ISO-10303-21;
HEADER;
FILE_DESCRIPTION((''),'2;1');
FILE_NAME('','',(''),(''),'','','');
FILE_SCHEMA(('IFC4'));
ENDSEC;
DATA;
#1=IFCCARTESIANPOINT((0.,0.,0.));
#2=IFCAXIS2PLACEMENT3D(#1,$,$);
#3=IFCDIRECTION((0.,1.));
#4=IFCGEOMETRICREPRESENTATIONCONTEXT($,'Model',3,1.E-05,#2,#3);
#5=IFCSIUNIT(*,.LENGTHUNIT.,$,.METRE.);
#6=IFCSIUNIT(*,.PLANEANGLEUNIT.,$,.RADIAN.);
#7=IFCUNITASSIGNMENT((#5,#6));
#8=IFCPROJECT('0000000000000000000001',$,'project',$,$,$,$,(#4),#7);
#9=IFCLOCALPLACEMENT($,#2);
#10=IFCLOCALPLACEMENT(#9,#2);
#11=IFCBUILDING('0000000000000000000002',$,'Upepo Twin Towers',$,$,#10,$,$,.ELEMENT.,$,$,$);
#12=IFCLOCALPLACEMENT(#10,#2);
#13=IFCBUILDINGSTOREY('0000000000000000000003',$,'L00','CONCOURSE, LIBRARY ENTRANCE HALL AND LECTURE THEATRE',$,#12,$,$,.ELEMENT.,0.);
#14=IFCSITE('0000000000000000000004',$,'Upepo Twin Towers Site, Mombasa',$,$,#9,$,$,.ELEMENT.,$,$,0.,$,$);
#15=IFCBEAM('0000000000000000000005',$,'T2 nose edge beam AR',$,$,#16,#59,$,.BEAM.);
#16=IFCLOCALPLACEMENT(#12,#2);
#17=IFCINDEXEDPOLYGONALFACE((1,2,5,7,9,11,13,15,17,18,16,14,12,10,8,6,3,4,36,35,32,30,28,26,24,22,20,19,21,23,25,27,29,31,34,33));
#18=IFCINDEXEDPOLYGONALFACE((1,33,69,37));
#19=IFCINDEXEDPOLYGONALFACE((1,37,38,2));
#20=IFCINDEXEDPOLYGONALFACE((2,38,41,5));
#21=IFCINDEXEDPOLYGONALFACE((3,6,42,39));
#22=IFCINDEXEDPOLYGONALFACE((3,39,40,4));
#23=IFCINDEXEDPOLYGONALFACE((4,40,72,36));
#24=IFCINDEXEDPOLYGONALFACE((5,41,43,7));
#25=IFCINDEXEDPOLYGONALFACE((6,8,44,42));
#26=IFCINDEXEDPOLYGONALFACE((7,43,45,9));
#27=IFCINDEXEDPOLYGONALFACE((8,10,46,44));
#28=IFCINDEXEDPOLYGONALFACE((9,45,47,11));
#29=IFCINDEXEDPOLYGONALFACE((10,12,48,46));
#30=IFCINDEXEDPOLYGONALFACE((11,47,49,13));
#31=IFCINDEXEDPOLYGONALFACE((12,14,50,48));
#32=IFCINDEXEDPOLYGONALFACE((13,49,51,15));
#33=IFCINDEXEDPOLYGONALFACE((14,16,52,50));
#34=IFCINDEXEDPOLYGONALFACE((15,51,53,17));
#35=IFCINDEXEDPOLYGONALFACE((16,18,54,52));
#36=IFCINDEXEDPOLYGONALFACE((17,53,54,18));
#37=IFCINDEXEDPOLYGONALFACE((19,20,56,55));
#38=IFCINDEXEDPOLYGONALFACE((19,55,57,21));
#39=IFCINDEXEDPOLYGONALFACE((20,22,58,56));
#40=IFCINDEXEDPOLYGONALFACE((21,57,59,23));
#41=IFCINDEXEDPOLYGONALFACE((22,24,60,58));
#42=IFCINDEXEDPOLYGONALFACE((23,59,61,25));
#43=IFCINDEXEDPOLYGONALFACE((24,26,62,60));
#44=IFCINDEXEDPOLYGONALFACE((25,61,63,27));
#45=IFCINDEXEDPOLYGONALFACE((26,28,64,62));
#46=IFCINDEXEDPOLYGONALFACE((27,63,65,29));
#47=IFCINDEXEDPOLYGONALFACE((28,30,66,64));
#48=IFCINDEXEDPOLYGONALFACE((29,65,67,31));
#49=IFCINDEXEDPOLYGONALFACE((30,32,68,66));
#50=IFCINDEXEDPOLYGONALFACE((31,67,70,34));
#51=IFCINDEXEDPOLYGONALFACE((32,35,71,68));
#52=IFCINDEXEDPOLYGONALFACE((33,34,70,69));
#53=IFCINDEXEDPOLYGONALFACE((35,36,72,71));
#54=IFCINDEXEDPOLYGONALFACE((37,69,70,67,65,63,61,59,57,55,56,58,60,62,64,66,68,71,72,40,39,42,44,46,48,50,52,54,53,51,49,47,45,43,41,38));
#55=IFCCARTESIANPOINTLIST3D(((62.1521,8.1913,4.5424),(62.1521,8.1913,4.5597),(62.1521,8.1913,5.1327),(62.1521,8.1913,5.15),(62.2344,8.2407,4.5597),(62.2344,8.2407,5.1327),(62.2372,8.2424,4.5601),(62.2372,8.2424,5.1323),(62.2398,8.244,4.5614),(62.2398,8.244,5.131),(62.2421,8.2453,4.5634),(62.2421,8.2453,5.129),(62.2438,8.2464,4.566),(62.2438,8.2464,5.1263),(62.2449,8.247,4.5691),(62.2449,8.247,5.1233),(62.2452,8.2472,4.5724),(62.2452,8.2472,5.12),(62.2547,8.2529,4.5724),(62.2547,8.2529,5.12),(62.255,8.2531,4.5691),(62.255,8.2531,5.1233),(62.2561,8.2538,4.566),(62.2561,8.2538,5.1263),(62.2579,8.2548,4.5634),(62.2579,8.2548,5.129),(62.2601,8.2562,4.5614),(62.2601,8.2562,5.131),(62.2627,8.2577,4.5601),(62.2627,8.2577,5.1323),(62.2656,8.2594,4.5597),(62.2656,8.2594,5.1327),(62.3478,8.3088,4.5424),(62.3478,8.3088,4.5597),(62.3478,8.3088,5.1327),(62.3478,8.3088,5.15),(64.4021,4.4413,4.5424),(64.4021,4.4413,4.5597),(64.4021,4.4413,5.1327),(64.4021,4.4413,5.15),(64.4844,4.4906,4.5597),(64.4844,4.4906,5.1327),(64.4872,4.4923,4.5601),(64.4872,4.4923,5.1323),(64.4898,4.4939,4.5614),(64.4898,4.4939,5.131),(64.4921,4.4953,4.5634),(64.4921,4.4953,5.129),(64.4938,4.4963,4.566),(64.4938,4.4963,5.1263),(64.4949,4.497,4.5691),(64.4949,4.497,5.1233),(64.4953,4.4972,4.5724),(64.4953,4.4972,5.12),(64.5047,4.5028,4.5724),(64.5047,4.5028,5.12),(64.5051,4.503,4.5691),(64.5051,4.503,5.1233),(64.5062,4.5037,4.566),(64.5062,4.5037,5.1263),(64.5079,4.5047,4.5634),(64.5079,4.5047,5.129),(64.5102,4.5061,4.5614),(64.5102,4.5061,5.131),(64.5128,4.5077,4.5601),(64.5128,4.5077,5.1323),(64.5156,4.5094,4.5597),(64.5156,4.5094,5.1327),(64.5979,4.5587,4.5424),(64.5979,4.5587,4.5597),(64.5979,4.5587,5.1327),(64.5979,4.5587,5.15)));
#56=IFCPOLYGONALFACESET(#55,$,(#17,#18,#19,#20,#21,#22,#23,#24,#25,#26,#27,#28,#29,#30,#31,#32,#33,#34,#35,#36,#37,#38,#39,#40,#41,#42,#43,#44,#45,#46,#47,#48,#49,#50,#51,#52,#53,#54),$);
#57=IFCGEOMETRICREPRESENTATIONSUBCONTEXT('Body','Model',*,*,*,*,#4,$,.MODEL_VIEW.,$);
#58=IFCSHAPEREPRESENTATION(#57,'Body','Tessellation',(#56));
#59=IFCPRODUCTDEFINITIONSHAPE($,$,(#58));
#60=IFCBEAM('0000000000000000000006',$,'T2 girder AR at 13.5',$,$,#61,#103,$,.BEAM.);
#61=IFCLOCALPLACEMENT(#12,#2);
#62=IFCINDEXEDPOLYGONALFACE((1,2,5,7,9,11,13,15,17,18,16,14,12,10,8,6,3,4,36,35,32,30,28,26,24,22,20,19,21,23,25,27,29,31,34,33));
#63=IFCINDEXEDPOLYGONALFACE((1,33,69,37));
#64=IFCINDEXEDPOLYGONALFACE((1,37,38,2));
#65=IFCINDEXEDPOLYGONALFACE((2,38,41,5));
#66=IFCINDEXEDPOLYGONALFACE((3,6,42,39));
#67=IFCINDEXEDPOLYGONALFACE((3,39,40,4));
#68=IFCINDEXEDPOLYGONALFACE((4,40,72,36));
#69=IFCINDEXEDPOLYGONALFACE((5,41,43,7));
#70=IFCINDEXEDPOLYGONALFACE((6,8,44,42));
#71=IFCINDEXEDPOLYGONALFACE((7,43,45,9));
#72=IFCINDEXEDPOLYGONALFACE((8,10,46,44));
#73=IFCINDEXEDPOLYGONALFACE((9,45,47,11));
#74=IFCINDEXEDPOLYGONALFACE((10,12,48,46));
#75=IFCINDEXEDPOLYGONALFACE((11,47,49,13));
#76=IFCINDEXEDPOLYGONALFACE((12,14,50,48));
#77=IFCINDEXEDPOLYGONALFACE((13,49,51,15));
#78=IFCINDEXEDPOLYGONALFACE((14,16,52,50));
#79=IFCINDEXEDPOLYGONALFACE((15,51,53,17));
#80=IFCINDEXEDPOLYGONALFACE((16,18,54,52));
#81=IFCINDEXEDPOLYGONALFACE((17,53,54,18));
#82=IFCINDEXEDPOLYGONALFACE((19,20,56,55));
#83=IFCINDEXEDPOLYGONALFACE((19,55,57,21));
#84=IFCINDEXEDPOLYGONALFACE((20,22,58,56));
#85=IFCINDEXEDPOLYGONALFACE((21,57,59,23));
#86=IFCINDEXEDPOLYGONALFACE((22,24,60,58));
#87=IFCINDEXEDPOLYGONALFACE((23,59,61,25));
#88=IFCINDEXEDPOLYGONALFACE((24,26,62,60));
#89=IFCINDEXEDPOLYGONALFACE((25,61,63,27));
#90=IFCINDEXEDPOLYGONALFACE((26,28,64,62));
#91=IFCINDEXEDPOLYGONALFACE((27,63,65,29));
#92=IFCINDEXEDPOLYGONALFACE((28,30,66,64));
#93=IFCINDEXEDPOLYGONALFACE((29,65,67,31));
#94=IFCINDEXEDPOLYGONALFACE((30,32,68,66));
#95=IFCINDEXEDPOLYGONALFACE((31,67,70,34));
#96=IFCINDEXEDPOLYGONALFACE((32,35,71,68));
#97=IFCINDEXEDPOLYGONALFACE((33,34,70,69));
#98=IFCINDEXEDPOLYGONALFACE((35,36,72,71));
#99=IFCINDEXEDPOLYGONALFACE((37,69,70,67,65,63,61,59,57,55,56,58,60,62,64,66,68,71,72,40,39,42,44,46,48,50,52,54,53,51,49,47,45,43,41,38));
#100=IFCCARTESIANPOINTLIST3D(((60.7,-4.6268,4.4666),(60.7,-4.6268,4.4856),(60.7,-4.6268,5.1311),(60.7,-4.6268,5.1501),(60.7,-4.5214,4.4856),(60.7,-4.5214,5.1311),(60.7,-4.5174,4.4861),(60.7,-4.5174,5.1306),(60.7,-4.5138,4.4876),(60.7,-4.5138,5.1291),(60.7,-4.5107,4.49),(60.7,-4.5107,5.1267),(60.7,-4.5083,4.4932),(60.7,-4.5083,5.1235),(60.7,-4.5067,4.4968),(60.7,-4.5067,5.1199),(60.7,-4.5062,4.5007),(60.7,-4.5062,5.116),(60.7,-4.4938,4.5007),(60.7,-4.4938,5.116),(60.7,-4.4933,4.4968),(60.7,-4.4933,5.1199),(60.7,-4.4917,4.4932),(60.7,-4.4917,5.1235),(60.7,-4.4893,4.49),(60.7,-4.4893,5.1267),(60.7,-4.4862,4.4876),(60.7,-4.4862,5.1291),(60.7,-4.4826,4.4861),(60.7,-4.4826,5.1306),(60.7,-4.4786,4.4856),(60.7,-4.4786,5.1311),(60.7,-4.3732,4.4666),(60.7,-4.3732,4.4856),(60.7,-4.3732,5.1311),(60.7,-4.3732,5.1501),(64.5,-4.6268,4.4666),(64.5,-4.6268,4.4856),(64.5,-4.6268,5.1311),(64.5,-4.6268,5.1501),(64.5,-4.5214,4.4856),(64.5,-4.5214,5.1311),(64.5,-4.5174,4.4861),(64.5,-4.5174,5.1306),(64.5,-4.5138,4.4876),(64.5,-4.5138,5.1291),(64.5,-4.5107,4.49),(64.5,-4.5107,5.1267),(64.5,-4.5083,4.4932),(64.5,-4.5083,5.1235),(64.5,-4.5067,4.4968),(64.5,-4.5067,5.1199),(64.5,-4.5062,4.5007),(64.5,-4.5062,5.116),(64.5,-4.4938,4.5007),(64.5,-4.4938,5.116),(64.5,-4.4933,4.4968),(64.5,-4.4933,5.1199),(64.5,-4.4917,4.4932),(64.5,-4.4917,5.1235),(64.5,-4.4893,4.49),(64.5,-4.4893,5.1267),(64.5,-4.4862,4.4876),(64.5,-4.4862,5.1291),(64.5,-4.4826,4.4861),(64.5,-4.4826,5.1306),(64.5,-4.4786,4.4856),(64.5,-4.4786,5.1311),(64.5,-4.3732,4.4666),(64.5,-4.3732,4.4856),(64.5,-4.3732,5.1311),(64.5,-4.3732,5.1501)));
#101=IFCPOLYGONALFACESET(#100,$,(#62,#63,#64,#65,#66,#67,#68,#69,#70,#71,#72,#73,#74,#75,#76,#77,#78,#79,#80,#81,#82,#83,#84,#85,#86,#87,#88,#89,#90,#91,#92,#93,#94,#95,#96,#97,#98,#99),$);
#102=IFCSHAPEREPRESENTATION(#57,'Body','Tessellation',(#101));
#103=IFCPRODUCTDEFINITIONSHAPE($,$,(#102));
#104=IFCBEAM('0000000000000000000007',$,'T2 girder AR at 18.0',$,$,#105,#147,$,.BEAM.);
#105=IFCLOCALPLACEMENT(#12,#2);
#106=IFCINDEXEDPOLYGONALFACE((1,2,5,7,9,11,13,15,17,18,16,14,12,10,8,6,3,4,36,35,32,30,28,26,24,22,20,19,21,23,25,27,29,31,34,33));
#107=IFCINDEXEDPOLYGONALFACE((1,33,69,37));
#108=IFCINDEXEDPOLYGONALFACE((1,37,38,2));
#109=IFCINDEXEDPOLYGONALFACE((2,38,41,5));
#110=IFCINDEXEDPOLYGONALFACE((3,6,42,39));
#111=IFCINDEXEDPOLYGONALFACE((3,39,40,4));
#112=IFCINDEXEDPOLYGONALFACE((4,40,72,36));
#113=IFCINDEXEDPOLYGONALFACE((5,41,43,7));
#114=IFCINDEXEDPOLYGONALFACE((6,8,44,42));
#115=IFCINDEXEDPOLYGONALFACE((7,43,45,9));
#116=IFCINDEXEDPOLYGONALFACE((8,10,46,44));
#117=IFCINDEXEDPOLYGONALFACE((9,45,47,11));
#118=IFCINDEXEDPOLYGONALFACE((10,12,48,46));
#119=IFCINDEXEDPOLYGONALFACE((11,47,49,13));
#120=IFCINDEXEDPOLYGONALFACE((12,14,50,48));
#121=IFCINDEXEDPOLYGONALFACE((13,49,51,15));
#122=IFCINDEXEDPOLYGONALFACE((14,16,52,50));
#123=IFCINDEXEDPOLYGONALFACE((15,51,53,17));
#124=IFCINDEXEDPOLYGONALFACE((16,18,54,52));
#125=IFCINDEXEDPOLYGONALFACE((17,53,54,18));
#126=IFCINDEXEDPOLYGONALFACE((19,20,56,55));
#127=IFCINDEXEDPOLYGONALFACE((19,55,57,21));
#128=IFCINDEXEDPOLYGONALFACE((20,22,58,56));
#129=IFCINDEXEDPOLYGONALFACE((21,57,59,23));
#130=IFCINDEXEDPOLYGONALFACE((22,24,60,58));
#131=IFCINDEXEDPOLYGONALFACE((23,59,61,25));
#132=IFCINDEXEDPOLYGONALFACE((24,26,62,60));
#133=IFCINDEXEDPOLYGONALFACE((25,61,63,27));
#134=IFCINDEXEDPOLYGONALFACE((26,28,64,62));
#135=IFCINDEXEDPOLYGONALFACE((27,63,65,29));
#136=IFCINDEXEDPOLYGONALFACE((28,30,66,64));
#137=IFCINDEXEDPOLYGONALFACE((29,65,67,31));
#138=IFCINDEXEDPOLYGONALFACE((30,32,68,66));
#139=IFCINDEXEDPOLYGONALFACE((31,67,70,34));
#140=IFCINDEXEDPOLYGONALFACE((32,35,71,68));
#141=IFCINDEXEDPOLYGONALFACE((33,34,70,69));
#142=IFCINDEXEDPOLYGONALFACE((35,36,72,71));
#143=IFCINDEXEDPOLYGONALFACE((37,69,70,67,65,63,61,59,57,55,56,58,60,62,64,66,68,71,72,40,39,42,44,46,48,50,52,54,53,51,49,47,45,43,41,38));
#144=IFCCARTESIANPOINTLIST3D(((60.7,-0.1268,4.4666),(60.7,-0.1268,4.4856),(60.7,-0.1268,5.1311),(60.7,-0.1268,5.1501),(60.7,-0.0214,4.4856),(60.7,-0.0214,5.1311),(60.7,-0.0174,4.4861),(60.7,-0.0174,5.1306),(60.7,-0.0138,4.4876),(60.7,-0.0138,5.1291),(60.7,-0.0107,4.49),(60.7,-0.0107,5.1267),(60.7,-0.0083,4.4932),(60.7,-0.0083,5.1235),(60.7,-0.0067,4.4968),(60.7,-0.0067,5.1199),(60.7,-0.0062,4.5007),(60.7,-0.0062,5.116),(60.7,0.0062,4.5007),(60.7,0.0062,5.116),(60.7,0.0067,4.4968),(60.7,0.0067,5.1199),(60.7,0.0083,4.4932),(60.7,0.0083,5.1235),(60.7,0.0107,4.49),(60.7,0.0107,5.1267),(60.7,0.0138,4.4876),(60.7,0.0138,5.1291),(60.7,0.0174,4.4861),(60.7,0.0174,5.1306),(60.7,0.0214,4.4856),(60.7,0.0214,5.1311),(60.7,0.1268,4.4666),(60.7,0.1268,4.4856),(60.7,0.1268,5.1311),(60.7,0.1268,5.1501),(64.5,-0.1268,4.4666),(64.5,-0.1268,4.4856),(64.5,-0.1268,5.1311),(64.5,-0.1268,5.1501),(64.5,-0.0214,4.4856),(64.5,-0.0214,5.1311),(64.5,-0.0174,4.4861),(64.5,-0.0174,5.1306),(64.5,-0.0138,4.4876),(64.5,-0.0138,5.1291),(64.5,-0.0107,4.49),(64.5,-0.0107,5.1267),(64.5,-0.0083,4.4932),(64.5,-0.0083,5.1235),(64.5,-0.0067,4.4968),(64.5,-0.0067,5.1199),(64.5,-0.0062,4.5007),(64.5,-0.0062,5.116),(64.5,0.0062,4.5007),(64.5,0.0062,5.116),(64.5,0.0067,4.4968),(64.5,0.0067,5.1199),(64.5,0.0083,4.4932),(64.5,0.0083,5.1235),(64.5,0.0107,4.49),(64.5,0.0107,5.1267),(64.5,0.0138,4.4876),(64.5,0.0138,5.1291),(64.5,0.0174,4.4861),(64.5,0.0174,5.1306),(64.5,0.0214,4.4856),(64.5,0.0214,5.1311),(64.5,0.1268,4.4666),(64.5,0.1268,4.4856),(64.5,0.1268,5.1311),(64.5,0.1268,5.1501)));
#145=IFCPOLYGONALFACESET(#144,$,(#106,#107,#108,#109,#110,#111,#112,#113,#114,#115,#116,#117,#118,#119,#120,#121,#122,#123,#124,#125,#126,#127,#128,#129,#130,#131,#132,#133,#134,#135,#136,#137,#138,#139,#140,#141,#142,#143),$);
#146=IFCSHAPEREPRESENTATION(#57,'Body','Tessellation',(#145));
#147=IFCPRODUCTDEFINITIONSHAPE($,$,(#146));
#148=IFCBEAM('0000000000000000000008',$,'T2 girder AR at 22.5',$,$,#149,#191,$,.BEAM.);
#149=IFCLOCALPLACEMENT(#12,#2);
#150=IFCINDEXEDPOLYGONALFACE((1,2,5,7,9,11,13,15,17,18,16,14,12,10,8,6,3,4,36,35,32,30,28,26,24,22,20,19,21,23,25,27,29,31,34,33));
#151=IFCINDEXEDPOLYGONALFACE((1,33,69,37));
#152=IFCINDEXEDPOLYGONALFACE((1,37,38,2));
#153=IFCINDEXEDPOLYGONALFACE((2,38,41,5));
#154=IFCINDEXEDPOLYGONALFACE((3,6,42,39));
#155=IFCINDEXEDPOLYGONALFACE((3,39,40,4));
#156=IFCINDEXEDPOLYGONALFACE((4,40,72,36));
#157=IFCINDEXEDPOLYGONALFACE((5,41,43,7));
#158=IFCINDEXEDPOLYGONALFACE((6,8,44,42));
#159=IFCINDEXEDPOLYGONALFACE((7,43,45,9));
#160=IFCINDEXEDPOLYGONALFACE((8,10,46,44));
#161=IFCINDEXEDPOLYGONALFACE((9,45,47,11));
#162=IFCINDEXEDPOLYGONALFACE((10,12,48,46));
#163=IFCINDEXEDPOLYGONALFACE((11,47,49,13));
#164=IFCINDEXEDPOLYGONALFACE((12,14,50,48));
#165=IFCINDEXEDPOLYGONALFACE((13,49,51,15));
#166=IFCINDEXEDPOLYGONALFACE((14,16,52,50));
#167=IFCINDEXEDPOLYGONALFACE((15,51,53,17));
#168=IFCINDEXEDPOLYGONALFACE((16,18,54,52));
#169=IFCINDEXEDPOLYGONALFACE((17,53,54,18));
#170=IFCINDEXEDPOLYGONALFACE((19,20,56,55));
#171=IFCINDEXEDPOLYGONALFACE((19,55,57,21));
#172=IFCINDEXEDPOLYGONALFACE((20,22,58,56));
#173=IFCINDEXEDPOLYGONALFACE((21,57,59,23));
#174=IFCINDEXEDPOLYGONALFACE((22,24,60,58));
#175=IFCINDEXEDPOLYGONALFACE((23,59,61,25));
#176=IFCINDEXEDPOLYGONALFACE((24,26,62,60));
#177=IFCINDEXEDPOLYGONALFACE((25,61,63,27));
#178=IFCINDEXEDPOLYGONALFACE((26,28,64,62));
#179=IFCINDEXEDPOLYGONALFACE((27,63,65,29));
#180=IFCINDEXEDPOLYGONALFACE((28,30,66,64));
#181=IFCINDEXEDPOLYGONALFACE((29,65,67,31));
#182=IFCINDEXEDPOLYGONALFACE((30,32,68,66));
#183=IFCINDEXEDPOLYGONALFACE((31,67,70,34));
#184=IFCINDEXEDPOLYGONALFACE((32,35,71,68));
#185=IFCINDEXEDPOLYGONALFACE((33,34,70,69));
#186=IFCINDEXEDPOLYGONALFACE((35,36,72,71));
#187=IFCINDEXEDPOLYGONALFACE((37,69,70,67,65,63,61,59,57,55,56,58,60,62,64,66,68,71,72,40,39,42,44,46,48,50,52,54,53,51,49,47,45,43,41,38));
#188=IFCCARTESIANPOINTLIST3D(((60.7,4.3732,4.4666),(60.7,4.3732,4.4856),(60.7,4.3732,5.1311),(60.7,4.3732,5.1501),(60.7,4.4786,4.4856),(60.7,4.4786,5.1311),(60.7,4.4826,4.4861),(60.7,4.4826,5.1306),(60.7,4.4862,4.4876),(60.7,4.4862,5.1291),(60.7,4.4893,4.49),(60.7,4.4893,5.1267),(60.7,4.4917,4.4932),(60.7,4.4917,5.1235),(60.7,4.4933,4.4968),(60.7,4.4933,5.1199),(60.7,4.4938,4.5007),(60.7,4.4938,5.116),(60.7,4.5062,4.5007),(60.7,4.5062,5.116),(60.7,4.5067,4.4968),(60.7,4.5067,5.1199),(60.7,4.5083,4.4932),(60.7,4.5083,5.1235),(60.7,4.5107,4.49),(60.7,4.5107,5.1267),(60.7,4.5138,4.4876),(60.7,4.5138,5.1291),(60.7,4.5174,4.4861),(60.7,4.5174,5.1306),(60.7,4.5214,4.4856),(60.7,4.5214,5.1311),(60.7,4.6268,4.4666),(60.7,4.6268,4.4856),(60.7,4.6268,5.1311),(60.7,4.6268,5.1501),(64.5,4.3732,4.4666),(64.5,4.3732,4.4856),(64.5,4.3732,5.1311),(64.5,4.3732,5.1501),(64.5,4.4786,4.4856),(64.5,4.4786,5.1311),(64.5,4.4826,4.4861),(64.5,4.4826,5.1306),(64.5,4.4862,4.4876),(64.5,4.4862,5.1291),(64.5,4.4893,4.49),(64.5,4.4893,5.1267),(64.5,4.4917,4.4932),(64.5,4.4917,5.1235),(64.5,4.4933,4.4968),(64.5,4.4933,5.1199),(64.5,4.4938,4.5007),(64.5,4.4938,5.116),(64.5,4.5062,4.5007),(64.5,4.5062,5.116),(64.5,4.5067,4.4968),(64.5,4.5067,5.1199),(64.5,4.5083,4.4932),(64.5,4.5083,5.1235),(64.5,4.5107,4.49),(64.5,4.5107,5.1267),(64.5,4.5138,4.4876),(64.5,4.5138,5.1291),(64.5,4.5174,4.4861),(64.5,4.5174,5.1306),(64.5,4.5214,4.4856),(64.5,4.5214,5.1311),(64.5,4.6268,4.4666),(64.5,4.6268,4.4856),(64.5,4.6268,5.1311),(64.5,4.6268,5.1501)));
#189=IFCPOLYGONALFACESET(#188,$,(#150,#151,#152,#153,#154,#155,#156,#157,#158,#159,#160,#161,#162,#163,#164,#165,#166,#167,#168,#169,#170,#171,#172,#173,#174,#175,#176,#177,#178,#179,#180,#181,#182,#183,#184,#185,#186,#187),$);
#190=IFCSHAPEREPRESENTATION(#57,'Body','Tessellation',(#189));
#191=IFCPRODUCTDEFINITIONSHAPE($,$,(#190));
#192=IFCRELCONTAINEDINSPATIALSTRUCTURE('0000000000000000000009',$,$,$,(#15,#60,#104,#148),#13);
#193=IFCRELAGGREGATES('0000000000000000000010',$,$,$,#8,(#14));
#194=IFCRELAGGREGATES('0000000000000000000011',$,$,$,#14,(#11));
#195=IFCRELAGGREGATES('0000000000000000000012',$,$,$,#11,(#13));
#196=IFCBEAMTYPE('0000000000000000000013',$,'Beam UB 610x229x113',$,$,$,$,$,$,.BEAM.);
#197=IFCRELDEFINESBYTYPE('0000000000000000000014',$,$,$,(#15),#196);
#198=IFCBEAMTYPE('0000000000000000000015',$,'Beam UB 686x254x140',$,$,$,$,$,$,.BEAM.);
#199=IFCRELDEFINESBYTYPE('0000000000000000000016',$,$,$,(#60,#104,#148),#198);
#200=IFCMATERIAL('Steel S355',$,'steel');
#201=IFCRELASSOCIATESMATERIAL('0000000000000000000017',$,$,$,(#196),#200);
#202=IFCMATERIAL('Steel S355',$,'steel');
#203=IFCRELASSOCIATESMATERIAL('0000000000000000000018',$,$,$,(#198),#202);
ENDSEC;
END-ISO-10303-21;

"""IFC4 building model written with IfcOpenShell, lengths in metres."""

from ifc_helpers import new_model, si_unit, direction, frame, origin, origin_2d, place, context, subcontext, project, spatial, i_section, extrude, material, material_profile, profile_set, type_object, element, save


model = new_model("IFC4")

# Units and contexts
model_context = context("Model", 3, precision=1e-05, world=origin(), true_north=direction((0.0, 1.0)))
body_context = subcontext(model_context, "Body", "Model", "MODEL_VIEW")
ifc_project = project(units=[si_unit("LENGTHUNIT", "METRE"), si_unit("PLANEANGLEUNIT", "RADIAN")], contexts=[model_context])

# Site, building, storey
site_placement = place(None, origin())
site = spatial("IfcSite", under=ifc_project, at=site_placement, Name="Upepo Twin Towers Site, Mombasa", CompositionType="ELEMENT", RefElevation=0.0)
building_placement = place(site_placement, origin())
building = spatial("IfcBuilding", under=site, at=building_placement, Name="Upepo Twin Towers", CompositionType="ELEMENT")
storey_placement = place(building_placement, origin())
storey = spatial("IfcBuildingStorey", under=building, at=storey_placement, Name="L00", Description="CONCOURSE, LIBRARY ENTRANCE HALL AND LECTURE THEATRE", CompositionType="ELEMENT", Elevation=0.0)

# Beams
ifc_material_1 = material(Name="Steel S355", Category="steel")
ifc_material_profile_1 = material_profile(ifc_material_1, i_section(OverallWidth=0.2283, OverallDepth=0.6077, WebThickness=0.011, FlangeThickness=0.0173, FilletRadius=0.0127, at=origin_2d()), Name="UB 610x229x113")
ifc_profile_set_1 = profile_set([ifc_material_profile_1], Name="Steel S355")
beam_type_1 = type_object("IfcBeamType", Name="Beam UB 610x229x113", PredefinedType="BEAM", material=ifc_profile_set_1)
beam_placement = place(storey_placement, frame((64.5, 4.5, 4.8462), z_axis=(-0.514496, 0.857493, 0.0), x_axis=(-0.857493, -0.514496, 0.0)))
element("IfcBeam", 1, at=beam_placement, inside=storey, type_object=beam_type_1, Name="T2 nose edge beam AR", PredefinedType="BEAM", context=body_context, shape_type="SweptSolid", body=[
    extrude(i_section(OverallWidth=0.2283, OverallDepth=0.6077, WebThickness=0.011, FlangeThickness=0.0173, FilletRadius=0.0127, at=origin_2d()), origin(), (0.0, 0.0, 1.0), 4.3733),
])
ifc_material_2 = material(Name="Steel S355", Category="steel")
ifc_material_profile_2 = material_profile(ifc_material_2, i_section(OverallWidth=0.2537, OverallDepth=0.6836, WebThickness=0.0125, FlangeThickness=0.019, FilletRadius=0.0151, at=origin_2d()), Name="UB 686x254x140")
ifc_profile_set_2 = profile_set([ifc_material_profile_2], Name="Steel S355")
beam_type_2 = type_object("IfcBeamType", Name="Beam UB 686x254x140", PredefinedType="BEAM", material=ifc_profile_set_2)
for number, where, z_axis, x_axis, name in (
    (2, (64.5, -4.5, 4.8083), (-1.0, 0.0, 0.0), (0.0, -1.0, 0.0), "T2 girder AR at 13.5"),
    (3, (64.5, 0.0, 4.8083), (-1.0, 0.0, 0.0), (0.0, -1.0, 0.0), "T2 girder AR at 18.0"),
    (4, (64.5, 4.5, 4.8083), (-1.0, 0.0, 0.0), (0.0, -1.0, 0.0), "T2 girder AR at 22.5"),
):
    element("IfcBeam", number, at=place(storey_placement, frame(where, z_axis=z_axis, x_axis=x_axis)), inside=storey, type_object=beam_type_2, Name=name, PredefinedType="BEAM", context=body_context, shape_type="SweptSolid", body=[
        extrude(i_section(OverallWidth=0.2537, OverallDepth=0.6836, WebThickness=0.0125, FlangeThickness=0.019, FilletRadius=0.0151, at=origin_2d()), origin(), (0.0, 0.0, 1.0), 3.8),
    ])

save(model, "model.ifc")
